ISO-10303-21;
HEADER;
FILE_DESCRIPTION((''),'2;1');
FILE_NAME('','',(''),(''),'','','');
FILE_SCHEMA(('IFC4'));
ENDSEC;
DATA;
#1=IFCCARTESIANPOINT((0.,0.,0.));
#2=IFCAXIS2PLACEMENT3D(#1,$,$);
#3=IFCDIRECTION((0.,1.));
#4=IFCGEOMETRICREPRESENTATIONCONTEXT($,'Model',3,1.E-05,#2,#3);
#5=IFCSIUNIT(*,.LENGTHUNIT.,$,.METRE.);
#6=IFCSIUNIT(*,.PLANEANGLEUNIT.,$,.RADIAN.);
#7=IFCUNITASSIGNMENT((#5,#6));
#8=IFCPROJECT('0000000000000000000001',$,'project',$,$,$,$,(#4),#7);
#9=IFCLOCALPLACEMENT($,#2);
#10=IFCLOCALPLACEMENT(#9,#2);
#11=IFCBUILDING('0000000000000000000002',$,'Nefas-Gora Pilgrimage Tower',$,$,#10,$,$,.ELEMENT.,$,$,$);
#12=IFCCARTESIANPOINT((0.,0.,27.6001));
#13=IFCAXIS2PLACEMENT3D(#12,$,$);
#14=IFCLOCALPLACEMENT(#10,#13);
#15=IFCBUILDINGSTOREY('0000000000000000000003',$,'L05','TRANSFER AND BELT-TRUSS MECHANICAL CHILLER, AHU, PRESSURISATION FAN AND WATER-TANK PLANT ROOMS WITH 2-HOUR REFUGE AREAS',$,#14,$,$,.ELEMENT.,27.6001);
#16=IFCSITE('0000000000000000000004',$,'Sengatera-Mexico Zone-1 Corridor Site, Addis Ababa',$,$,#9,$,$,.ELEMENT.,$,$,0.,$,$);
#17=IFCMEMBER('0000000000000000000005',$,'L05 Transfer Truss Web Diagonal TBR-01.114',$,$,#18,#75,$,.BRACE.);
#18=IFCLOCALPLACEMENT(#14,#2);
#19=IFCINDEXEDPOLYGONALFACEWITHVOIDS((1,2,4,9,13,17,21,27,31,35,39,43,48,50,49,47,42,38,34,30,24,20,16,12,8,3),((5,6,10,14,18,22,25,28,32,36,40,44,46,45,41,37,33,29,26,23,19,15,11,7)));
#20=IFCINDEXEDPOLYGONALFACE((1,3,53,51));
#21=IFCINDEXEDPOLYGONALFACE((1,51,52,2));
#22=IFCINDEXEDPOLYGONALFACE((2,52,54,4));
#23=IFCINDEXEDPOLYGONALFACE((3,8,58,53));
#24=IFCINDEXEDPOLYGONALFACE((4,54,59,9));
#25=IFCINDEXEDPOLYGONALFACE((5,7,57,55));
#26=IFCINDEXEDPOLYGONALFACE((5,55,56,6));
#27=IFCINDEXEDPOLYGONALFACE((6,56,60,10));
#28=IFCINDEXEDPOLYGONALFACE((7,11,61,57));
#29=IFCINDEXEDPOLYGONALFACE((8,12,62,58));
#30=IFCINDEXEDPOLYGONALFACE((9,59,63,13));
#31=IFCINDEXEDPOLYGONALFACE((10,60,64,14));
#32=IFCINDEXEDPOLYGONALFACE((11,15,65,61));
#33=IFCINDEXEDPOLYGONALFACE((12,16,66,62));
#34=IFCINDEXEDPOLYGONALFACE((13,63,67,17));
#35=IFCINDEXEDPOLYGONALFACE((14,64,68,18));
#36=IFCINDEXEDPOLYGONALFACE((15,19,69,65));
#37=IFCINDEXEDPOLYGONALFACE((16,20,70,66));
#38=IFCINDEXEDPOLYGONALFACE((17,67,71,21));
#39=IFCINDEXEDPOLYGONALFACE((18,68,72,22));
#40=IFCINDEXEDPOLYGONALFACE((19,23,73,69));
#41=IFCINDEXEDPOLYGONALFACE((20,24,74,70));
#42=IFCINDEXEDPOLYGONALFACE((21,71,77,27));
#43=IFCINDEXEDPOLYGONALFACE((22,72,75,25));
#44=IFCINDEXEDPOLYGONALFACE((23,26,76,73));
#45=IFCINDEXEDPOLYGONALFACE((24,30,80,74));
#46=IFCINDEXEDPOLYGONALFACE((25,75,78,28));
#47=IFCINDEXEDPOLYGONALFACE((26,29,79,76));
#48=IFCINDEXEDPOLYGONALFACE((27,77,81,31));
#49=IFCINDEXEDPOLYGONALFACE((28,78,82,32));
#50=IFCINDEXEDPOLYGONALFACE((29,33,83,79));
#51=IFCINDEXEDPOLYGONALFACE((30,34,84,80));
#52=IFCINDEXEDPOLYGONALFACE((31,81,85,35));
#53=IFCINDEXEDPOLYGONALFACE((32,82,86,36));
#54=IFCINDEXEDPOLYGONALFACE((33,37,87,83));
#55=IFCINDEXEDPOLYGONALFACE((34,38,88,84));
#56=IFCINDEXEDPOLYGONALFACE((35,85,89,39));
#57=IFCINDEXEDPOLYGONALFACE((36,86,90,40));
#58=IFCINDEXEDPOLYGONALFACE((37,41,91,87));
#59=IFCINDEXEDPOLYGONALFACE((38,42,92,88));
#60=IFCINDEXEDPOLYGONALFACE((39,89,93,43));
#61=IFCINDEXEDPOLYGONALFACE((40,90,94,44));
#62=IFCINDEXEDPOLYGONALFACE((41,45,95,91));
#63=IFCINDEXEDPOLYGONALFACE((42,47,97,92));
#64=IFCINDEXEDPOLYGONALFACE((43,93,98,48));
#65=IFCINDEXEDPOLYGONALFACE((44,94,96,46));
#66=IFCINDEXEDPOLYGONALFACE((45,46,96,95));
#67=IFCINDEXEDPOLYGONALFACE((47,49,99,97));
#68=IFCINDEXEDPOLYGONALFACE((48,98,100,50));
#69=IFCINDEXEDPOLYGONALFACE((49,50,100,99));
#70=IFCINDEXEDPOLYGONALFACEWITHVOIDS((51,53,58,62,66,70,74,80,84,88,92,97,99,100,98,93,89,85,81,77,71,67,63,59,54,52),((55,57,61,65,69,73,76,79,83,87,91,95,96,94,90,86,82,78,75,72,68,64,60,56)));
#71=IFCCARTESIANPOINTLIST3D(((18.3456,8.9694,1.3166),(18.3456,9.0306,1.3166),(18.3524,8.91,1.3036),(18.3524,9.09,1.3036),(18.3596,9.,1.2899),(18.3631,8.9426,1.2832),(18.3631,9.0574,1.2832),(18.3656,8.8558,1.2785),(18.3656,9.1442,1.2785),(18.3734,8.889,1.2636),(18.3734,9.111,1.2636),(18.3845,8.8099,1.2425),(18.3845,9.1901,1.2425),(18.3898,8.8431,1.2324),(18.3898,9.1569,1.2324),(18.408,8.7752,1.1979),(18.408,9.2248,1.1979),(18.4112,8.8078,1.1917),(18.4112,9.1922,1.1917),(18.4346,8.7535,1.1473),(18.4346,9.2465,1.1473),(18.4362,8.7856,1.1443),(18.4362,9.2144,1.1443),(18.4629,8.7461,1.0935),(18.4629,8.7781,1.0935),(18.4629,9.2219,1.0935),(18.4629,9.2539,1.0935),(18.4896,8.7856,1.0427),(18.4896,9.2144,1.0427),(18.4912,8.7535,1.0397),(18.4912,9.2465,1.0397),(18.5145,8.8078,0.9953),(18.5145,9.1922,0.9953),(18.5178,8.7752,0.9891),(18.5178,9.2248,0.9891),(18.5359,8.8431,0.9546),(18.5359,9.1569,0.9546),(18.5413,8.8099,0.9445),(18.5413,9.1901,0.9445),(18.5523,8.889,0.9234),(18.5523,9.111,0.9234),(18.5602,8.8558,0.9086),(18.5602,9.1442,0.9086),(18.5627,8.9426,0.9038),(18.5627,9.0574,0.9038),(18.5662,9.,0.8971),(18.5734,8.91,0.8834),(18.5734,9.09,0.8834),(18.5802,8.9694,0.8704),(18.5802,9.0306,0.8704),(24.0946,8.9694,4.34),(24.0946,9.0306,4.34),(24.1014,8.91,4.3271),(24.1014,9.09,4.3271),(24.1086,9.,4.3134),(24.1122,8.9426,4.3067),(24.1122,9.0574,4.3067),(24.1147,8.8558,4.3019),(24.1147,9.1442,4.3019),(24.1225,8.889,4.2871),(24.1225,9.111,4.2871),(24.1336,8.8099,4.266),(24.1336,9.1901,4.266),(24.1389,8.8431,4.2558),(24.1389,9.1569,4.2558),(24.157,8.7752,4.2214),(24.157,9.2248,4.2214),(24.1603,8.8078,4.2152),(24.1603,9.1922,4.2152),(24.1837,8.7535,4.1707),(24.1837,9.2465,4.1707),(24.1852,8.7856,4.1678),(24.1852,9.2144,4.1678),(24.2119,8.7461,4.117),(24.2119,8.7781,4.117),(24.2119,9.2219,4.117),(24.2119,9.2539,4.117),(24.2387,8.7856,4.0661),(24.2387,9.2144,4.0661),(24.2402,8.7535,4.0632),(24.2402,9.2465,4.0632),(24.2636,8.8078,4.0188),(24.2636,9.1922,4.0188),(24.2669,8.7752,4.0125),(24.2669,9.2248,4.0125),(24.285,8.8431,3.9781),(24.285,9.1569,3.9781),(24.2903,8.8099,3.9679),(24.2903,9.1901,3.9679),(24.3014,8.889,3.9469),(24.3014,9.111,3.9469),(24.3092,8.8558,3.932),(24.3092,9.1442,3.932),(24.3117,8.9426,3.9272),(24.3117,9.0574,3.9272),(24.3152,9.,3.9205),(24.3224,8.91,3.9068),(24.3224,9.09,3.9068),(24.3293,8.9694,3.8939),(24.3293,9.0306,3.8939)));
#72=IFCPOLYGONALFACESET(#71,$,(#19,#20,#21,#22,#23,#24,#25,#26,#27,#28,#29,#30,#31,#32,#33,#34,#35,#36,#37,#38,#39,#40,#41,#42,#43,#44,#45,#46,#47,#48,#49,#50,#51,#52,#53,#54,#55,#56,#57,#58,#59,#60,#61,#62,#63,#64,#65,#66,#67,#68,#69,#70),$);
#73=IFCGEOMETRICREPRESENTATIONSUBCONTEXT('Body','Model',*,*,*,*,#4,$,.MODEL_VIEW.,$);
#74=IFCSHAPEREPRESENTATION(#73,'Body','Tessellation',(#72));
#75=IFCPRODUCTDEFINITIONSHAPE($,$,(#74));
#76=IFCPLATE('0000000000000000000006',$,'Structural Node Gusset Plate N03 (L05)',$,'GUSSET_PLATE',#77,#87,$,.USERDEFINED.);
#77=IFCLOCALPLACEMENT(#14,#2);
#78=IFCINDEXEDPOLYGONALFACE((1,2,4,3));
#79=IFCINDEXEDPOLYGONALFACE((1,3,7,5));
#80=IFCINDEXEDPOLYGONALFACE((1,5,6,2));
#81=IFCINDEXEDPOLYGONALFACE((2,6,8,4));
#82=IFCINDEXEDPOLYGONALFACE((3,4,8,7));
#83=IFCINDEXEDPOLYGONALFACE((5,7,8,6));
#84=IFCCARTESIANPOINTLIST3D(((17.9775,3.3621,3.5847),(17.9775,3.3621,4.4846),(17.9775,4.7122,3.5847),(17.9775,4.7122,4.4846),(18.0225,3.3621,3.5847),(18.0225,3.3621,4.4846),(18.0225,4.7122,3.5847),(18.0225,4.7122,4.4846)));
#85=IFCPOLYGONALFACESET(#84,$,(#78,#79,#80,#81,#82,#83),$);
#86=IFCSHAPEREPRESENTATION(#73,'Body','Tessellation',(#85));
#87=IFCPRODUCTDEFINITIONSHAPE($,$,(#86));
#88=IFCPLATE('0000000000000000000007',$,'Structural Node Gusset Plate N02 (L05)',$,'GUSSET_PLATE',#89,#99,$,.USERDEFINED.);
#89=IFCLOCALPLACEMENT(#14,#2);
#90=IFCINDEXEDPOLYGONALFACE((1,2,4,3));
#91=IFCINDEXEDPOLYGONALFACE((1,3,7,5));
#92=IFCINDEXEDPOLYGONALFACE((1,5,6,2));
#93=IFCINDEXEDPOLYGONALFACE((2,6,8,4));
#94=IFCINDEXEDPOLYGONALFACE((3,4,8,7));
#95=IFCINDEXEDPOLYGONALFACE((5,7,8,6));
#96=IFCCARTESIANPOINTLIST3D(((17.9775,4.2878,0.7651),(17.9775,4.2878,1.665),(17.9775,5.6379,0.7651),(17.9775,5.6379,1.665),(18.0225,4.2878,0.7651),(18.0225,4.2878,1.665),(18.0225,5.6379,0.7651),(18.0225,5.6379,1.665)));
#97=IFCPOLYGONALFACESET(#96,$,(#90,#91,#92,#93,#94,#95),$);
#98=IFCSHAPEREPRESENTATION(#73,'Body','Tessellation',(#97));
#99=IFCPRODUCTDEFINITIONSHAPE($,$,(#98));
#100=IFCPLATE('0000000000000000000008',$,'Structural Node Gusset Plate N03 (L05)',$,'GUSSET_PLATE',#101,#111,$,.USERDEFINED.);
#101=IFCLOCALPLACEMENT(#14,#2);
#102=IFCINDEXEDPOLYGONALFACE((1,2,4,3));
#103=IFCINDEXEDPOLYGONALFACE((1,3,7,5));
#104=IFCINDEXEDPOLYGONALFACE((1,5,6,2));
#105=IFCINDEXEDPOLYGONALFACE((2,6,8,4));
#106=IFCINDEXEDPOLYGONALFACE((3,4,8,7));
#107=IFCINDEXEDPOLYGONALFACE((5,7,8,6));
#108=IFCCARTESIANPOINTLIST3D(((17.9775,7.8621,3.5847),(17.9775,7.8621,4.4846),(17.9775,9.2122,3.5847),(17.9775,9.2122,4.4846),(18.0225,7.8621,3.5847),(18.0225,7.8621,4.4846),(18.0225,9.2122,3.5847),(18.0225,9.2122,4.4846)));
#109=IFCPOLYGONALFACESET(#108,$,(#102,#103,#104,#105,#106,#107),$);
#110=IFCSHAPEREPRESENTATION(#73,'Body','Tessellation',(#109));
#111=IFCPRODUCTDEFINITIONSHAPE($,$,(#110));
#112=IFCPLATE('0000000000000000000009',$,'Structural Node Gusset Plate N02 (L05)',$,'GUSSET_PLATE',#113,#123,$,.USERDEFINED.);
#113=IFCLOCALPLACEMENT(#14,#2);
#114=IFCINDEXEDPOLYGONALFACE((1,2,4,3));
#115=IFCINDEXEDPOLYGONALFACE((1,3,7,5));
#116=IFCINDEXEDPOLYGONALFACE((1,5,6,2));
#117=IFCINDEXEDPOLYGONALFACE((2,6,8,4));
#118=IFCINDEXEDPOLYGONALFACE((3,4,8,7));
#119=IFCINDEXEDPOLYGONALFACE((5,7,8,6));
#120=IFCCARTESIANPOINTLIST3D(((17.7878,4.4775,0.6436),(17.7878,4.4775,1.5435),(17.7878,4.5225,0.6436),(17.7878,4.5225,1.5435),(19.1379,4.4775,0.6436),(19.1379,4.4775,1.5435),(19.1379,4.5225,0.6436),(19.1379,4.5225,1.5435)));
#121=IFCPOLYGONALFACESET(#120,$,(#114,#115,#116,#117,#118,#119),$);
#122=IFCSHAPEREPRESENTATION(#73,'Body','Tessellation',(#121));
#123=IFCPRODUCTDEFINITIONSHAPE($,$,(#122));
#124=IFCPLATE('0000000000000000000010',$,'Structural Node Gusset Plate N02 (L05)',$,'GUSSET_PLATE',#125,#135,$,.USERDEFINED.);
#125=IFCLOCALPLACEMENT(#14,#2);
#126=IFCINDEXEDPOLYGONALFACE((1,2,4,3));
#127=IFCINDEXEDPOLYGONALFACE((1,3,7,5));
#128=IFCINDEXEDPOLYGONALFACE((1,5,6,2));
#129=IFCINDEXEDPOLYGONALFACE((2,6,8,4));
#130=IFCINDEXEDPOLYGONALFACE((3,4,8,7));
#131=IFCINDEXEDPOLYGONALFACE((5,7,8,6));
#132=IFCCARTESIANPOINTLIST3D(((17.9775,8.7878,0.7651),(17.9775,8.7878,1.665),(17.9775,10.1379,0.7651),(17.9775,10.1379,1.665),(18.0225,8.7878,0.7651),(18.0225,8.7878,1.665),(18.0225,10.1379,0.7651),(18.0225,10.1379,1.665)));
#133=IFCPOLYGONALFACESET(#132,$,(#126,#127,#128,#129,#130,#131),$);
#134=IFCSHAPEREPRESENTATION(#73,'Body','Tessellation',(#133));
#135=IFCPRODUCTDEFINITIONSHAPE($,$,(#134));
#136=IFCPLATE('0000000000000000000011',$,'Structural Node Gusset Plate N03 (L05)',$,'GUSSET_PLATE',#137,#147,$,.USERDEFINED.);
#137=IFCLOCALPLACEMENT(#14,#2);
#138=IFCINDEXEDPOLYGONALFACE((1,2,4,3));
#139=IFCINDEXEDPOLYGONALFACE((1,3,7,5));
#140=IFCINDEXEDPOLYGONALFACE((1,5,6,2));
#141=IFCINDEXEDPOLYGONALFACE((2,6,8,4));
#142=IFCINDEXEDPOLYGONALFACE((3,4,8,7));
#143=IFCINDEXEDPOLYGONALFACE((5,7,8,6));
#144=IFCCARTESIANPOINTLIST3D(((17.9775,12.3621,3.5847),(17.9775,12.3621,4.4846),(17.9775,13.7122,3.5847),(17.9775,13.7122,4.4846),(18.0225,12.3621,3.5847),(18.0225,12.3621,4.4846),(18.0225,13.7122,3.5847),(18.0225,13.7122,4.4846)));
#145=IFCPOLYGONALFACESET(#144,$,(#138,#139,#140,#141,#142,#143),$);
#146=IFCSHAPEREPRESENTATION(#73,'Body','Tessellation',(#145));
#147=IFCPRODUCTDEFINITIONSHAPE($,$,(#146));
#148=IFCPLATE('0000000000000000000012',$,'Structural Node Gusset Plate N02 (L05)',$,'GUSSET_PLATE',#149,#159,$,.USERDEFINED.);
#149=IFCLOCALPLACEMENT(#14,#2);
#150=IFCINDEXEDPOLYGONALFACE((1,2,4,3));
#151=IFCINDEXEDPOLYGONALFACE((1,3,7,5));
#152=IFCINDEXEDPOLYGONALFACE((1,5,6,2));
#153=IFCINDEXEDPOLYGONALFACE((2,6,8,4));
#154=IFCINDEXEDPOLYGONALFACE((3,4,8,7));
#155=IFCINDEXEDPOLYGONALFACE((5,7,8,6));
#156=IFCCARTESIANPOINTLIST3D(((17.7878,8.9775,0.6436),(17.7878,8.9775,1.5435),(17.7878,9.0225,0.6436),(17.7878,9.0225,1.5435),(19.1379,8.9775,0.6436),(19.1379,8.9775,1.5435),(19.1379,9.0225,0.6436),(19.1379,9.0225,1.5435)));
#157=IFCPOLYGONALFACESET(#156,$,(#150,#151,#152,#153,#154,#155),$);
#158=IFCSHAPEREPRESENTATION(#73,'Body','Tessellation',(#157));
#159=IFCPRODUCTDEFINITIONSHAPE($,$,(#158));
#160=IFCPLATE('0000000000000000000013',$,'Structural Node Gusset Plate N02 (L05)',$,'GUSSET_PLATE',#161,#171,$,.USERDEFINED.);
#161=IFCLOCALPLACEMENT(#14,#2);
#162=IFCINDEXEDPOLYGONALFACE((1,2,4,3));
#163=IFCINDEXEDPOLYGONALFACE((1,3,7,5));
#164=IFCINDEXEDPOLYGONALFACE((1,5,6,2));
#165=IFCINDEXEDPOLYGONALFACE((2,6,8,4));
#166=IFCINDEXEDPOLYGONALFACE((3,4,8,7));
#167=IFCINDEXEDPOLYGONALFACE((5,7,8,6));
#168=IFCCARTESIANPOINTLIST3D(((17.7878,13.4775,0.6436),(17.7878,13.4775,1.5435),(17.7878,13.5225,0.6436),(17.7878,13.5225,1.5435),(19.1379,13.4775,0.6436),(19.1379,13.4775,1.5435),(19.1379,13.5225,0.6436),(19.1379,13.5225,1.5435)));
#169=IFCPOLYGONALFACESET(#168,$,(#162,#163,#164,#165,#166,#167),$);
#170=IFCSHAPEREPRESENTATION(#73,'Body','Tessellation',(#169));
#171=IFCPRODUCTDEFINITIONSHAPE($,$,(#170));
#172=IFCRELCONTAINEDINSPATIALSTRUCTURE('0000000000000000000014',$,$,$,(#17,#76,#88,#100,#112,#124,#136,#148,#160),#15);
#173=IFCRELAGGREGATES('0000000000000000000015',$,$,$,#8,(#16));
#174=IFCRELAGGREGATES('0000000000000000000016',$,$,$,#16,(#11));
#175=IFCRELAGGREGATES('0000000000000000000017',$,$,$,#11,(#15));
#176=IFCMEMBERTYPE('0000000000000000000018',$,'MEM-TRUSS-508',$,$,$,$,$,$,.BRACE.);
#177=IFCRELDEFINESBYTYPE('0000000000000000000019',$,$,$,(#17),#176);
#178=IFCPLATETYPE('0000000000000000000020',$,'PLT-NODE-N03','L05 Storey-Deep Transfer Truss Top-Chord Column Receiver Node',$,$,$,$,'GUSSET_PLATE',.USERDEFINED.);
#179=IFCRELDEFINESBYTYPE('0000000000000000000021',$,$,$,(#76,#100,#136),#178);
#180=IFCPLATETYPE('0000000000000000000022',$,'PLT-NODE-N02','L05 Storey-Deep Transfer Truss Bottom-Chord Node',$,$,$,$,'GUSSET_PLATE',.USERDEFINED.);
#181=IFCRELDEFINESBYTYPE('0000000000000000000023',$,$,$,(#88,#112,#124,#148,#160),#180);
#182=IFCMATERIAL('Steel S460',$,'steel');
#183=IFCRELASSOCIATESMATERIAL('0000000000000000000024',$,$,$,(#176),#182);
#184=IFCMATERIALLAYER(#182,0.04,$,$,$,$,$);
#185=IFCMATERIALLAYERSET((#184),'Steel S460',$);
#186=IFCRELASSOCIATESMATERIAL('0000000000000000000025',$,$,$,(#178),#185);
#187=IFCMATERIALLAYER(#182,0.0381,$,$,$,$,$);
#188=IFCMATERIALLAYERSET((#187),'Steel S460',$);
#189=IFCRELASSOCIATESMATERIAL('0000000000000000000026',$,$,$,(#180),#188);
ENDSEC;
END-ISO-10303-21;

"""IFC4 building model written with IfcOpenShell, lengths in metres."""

from ifc_helpers import new_model, si_unit, direction, frame, origin, origin_2d, place, context, subcontext, project, spatial, rectangle, hollow_circle, extrude, source, transform, mapped, material, layer, layer_set, material_profile, profile_set, type_object, element, save


model = new_model("IFC4")

# Units and contexts
model_context = context("Model", 3, precision=1e-05, world=origin(), true_north=direction((0.0, 1.0)))
body_context = subcontext(model_context, "Body", "Model", "MODEL_VIEW")
ifc_project = project(units=[si_unit("LENGTHUNIT", "METRE"), si_unit("PLANEANGLEUNIT", "RADIAN")], contexts=[model_context])

# Site, building, storey
site_placement = place(None, origin())
site = spatial("IfcSite", under=ifc_project, at=site_placement, Name="Sengatera-Mexico Zone-1 Corridor Site, Addis Ababa", CompositionType="ELEMENT", RefElevation=0.0)
building_placement = place(site_placement, origin())
building = spatial("IfcBuilding", under=site, at=building_placement, Name="Nefas-Gora Pilgrimage Tower", CompositionType="ELEMENT")
storey_placement = place(building_placement, frame((0.0, 0.0, 27.6001)))
storey = spatial("IfcBuildingStorey", under=building, at=storey_placement, Name="L05", Description="TRANSFER AND BELT-TRUSS MECHANICAL CHILLER, AHU, PRESSURISATION FAN AND WATER-TANK PLANT ROOMS WITH 2-HOUR REFUGE AREAS", CompositionType="ELEMENT", Elevation=27.6001)

# Shared definitions
ifc_material = material(Name="Steel S460", Category="steel")

# Shared definitions
ifc_material_profile_1 = material_profile(ifc_material, hollow_circle(Radius=0.2539, WallThickness=0.032, at=origin_2d()), Name="CHS 508x32")
ifc_profile_set_1 = profile_set([ifc_material_profile_1], Name="Steel S460")
member_type = type_object("IfcMemberType", Name="MEM-TRUSS-508", PredefinedType="BRACE", material=ifc_profile_set_1)

# Member
shared_shape_1 = source(origin(), body_context, "Body", "SweptSolid", [
    extrude(hollow_circle(Radius=0.2539, WallThickness=0.032, at=origin_2d()), origin(), (0.0, 0.0, 1.0), 6.4956),
])
member_placement = place(storey_placement, frame((18.4629, 9.0, 1.0935), z_axis=(0.885068, 0.0, 0.465461), x_axis=(0.0, 1.0, 0.0)))
element("IfcMember", 1, at=member_placement, inside=storey, type_object=member_type, Name="L05 Transfer Truss Web Diagonal TBR-01.114", PredefinedType="BRACE", context=body_context, shape_type="MappedRepresentation", body=[
    mapped(shared_shape_1, transform((0.0, 0.0, 0.0), x_axis=(1.0, 0.0, 0.0), y_axis=(0.0, 1.0, 0.0), z_axis=(0.0, 0.0, 1.0), scale=1.0)),
])

# Plates
ifc_layer_1 = layer(ifc_material, 0.04)
ifc_layer_set_1 = layer_set([ifc_layer_1], Name="Steel S460")
plate_type_1 = type_object("IfcPlateType", Name="PLT-NODE-N03", Description="L05 Storey-Deep Transfer Truss Top-Chord Column Receiver Node", ElementType="GUSSET_PLATE", PredefinedType="USERDEFINED", material=ifc_layer_set_1)
shared_shape_2 = source(origin(), body_context, "Body", "SweptSolid", [
    extrude(rectangle(XDim=1.3501, YDim=0.0449, at=origin_2d()), origin(), (0.0, 0.0, 1.0), 0.8999),
])
plate_1_placement = place(storey_placement, frame((18.0, 4.0371, 3.5847), z_axis=(0.0, 0.0, 1.0), x_axis=(0.0, 1.0, 0.0)))
element("IfcPlate", 2, at=plate_1_placement, inside=storey, type_object=plate_type_1, Name="Structural Node Gusset Plate N03 (L05)", ObjectType="GUSSET_PLATE", PredefinedType="USERDEFINED", context=body_context, shape_type="MappedRepresentation", body=[
    mapped(shared_shape_2, transform((0.0, 0.0, 0.0), x_axis=(1.0, 0.0, 0.0), y_axis=(0.0, 1.0, 0.0), z_axis=(0.0, 0.0, 1.0), scale=1.0)),
])
ifc_layer_2 = layer(ifc_material, 0.0381)
ifc_layer_set_2 = layer_set([ifc_layer_2], Name="Steel S460")
plate_type_2 = type_object("IfcPlateType", Name="PLT-NODE-N02", Description="L05 Storey-Deep Transfer Truss Bottom-Chord Node", ElementType="GUSSET_PLATE", PredefinedType="USERDEFINED", material=ifc_layer_set_2)
plate_2_placement = place(storey_placement, frame((18.0, 4.9629, 0.7651), z_axis=(0.0, 0.0, 1.0), x_axis=(0.0, 1.0, 0.0)))
element("IfcPlate", 3, at=plate_2_placement, inside=storey, type_object=plate_type_2, Name="Structural Node Gusset Plate N02 (L05)", ObjectType="GUSSET_PLATE", PredefinedType="USERDEFINED", context=body_context, shape_type="MappedRepresentation", body=[
    mapped(shared_shape_2, transform((0.0, 0.0, 0.0), x_axis=(1.0, 0.0, 0.0), y_axis=(0.0, 1.0, 0.0), z_axis=(0.0, 0.0, 1.0), scale=1.0)),
])
plate_3_placement = place(storey_placement, frame((18.0, 8.5371, 3.5847), z_axis=(0.0, 0.0, 1.0), x_axis=(0.0, 1.0, 0.0)))
element("IfcPlate", 4, at=plate_3_placement, inside=storey, type_object=plate_type_1, Name="Structural Node Gusset Plate N03 (L05)", ObjectType="GUSSET_PLATE", PredefinedType="USERDEFINED", context=body_context, shape_type="MappedRepresentation", body=[
    mapped(shared_shape_2, transform((0.0, 0.0, 0.0), x_axis=(1.0, 0.0, 0.0), y_axis=(0.0, 1.0, 0.0), z_axis=(0.0, 0.0, 1.0), scale=1.0)),
])
for number, where, z_axis, x_axis, name in (
    (5, (18.4629, 4.5, 0.6436), (0.0, 0.0, 1.0), (1.0, 0.0, 0.0), "Structural Node Gusset Plate N02 (L05)"),
    (6, (18.0, 9.4629, 0.7651), (0.0, 0.0, 1.0), (0.0, 1.0, 0.0), "Structural Node Gusset Plate N02 (L05)"),
):
    element("IfcPlate", number, at=place(storey_placement, frame(where, z_axis=z_axis, x_axis=x_axis)), inside=storey, type_object=plate_type_2, Name=name, ObjectType="GUSSET_PLATE", PredefinedType="USERDEFINED", context=body_context, shape_type="MappedRepresentation", body=[
        mapped(shared_shape_2, transform((0.0, 0.0, 0.0), x_axis=(1.0, 0.0, 0.0), y_axis=(0.0, 1.0, 0.0), z_axis=(0.0, 0.0, 1.0), scale=1.0)),
    ])
plate_4_placement = place(storey_placement, frame((18.0, 13.0371, 3.5847), z_axis=(0.0, 0.0, 1.0), x_axis=(0.0, 1.0, 0.0)))
element("IfcPlate", 7, at=plate_4_placement, inside=storey, type_object=plate_type_1, Name="Structural Node Gusset Plate N03 (L05)", ObjectType="GUSSET_PLATE", PredefinedType="USERDEFINED", context=body_context, shape_type="MappedRepresentation", body=[
    mapped(shared_shape_2, transform((0.0, 0.0, 0.0), x_axis=(1.0, 0.0, 0.0), y_axis=(0.0, 1.0, 0.0), z_axis=(0.0, 0.0, 1.0), scale=1.0)),
])
for number, where, z_axis, x_axis, name in (
    (8, (18.4629, 9.0, 0.6436), (0.0, 0.0, 1.0), (1.0, 0.0, 0.0), "Structural Node Gusset Plate N02 (L05)"),
    (9, (18.4629, 13.5, 0.6436), (0.0, 0.0, 1.0), (1.0, 0.0, 0.0), "Structural Node Gusset Plate N02 (L05)"),
):
    element("IfcPlate", number, at=place(storey_placement, frame(where, z_axis=z_axis, x_axis=x_axis)), inside=storey, type_object=plate_type_2, Name=name, ObjectType="GUSSET_PLATE", PredefinedType="USERDEFINED", context=body_context, shape_type="MappedRepresentation", body=[
        mapped(shared_shape_2, transform((0.0, 0.0, 0.0), x_axis=(1.0, 0.0, 0.0), y_axis=(0.0, 1.0, 0.0), z_axis=(0.0, 0.0, 1.0), scale=1.0)),
    ])

save(model, "model.ifc")
